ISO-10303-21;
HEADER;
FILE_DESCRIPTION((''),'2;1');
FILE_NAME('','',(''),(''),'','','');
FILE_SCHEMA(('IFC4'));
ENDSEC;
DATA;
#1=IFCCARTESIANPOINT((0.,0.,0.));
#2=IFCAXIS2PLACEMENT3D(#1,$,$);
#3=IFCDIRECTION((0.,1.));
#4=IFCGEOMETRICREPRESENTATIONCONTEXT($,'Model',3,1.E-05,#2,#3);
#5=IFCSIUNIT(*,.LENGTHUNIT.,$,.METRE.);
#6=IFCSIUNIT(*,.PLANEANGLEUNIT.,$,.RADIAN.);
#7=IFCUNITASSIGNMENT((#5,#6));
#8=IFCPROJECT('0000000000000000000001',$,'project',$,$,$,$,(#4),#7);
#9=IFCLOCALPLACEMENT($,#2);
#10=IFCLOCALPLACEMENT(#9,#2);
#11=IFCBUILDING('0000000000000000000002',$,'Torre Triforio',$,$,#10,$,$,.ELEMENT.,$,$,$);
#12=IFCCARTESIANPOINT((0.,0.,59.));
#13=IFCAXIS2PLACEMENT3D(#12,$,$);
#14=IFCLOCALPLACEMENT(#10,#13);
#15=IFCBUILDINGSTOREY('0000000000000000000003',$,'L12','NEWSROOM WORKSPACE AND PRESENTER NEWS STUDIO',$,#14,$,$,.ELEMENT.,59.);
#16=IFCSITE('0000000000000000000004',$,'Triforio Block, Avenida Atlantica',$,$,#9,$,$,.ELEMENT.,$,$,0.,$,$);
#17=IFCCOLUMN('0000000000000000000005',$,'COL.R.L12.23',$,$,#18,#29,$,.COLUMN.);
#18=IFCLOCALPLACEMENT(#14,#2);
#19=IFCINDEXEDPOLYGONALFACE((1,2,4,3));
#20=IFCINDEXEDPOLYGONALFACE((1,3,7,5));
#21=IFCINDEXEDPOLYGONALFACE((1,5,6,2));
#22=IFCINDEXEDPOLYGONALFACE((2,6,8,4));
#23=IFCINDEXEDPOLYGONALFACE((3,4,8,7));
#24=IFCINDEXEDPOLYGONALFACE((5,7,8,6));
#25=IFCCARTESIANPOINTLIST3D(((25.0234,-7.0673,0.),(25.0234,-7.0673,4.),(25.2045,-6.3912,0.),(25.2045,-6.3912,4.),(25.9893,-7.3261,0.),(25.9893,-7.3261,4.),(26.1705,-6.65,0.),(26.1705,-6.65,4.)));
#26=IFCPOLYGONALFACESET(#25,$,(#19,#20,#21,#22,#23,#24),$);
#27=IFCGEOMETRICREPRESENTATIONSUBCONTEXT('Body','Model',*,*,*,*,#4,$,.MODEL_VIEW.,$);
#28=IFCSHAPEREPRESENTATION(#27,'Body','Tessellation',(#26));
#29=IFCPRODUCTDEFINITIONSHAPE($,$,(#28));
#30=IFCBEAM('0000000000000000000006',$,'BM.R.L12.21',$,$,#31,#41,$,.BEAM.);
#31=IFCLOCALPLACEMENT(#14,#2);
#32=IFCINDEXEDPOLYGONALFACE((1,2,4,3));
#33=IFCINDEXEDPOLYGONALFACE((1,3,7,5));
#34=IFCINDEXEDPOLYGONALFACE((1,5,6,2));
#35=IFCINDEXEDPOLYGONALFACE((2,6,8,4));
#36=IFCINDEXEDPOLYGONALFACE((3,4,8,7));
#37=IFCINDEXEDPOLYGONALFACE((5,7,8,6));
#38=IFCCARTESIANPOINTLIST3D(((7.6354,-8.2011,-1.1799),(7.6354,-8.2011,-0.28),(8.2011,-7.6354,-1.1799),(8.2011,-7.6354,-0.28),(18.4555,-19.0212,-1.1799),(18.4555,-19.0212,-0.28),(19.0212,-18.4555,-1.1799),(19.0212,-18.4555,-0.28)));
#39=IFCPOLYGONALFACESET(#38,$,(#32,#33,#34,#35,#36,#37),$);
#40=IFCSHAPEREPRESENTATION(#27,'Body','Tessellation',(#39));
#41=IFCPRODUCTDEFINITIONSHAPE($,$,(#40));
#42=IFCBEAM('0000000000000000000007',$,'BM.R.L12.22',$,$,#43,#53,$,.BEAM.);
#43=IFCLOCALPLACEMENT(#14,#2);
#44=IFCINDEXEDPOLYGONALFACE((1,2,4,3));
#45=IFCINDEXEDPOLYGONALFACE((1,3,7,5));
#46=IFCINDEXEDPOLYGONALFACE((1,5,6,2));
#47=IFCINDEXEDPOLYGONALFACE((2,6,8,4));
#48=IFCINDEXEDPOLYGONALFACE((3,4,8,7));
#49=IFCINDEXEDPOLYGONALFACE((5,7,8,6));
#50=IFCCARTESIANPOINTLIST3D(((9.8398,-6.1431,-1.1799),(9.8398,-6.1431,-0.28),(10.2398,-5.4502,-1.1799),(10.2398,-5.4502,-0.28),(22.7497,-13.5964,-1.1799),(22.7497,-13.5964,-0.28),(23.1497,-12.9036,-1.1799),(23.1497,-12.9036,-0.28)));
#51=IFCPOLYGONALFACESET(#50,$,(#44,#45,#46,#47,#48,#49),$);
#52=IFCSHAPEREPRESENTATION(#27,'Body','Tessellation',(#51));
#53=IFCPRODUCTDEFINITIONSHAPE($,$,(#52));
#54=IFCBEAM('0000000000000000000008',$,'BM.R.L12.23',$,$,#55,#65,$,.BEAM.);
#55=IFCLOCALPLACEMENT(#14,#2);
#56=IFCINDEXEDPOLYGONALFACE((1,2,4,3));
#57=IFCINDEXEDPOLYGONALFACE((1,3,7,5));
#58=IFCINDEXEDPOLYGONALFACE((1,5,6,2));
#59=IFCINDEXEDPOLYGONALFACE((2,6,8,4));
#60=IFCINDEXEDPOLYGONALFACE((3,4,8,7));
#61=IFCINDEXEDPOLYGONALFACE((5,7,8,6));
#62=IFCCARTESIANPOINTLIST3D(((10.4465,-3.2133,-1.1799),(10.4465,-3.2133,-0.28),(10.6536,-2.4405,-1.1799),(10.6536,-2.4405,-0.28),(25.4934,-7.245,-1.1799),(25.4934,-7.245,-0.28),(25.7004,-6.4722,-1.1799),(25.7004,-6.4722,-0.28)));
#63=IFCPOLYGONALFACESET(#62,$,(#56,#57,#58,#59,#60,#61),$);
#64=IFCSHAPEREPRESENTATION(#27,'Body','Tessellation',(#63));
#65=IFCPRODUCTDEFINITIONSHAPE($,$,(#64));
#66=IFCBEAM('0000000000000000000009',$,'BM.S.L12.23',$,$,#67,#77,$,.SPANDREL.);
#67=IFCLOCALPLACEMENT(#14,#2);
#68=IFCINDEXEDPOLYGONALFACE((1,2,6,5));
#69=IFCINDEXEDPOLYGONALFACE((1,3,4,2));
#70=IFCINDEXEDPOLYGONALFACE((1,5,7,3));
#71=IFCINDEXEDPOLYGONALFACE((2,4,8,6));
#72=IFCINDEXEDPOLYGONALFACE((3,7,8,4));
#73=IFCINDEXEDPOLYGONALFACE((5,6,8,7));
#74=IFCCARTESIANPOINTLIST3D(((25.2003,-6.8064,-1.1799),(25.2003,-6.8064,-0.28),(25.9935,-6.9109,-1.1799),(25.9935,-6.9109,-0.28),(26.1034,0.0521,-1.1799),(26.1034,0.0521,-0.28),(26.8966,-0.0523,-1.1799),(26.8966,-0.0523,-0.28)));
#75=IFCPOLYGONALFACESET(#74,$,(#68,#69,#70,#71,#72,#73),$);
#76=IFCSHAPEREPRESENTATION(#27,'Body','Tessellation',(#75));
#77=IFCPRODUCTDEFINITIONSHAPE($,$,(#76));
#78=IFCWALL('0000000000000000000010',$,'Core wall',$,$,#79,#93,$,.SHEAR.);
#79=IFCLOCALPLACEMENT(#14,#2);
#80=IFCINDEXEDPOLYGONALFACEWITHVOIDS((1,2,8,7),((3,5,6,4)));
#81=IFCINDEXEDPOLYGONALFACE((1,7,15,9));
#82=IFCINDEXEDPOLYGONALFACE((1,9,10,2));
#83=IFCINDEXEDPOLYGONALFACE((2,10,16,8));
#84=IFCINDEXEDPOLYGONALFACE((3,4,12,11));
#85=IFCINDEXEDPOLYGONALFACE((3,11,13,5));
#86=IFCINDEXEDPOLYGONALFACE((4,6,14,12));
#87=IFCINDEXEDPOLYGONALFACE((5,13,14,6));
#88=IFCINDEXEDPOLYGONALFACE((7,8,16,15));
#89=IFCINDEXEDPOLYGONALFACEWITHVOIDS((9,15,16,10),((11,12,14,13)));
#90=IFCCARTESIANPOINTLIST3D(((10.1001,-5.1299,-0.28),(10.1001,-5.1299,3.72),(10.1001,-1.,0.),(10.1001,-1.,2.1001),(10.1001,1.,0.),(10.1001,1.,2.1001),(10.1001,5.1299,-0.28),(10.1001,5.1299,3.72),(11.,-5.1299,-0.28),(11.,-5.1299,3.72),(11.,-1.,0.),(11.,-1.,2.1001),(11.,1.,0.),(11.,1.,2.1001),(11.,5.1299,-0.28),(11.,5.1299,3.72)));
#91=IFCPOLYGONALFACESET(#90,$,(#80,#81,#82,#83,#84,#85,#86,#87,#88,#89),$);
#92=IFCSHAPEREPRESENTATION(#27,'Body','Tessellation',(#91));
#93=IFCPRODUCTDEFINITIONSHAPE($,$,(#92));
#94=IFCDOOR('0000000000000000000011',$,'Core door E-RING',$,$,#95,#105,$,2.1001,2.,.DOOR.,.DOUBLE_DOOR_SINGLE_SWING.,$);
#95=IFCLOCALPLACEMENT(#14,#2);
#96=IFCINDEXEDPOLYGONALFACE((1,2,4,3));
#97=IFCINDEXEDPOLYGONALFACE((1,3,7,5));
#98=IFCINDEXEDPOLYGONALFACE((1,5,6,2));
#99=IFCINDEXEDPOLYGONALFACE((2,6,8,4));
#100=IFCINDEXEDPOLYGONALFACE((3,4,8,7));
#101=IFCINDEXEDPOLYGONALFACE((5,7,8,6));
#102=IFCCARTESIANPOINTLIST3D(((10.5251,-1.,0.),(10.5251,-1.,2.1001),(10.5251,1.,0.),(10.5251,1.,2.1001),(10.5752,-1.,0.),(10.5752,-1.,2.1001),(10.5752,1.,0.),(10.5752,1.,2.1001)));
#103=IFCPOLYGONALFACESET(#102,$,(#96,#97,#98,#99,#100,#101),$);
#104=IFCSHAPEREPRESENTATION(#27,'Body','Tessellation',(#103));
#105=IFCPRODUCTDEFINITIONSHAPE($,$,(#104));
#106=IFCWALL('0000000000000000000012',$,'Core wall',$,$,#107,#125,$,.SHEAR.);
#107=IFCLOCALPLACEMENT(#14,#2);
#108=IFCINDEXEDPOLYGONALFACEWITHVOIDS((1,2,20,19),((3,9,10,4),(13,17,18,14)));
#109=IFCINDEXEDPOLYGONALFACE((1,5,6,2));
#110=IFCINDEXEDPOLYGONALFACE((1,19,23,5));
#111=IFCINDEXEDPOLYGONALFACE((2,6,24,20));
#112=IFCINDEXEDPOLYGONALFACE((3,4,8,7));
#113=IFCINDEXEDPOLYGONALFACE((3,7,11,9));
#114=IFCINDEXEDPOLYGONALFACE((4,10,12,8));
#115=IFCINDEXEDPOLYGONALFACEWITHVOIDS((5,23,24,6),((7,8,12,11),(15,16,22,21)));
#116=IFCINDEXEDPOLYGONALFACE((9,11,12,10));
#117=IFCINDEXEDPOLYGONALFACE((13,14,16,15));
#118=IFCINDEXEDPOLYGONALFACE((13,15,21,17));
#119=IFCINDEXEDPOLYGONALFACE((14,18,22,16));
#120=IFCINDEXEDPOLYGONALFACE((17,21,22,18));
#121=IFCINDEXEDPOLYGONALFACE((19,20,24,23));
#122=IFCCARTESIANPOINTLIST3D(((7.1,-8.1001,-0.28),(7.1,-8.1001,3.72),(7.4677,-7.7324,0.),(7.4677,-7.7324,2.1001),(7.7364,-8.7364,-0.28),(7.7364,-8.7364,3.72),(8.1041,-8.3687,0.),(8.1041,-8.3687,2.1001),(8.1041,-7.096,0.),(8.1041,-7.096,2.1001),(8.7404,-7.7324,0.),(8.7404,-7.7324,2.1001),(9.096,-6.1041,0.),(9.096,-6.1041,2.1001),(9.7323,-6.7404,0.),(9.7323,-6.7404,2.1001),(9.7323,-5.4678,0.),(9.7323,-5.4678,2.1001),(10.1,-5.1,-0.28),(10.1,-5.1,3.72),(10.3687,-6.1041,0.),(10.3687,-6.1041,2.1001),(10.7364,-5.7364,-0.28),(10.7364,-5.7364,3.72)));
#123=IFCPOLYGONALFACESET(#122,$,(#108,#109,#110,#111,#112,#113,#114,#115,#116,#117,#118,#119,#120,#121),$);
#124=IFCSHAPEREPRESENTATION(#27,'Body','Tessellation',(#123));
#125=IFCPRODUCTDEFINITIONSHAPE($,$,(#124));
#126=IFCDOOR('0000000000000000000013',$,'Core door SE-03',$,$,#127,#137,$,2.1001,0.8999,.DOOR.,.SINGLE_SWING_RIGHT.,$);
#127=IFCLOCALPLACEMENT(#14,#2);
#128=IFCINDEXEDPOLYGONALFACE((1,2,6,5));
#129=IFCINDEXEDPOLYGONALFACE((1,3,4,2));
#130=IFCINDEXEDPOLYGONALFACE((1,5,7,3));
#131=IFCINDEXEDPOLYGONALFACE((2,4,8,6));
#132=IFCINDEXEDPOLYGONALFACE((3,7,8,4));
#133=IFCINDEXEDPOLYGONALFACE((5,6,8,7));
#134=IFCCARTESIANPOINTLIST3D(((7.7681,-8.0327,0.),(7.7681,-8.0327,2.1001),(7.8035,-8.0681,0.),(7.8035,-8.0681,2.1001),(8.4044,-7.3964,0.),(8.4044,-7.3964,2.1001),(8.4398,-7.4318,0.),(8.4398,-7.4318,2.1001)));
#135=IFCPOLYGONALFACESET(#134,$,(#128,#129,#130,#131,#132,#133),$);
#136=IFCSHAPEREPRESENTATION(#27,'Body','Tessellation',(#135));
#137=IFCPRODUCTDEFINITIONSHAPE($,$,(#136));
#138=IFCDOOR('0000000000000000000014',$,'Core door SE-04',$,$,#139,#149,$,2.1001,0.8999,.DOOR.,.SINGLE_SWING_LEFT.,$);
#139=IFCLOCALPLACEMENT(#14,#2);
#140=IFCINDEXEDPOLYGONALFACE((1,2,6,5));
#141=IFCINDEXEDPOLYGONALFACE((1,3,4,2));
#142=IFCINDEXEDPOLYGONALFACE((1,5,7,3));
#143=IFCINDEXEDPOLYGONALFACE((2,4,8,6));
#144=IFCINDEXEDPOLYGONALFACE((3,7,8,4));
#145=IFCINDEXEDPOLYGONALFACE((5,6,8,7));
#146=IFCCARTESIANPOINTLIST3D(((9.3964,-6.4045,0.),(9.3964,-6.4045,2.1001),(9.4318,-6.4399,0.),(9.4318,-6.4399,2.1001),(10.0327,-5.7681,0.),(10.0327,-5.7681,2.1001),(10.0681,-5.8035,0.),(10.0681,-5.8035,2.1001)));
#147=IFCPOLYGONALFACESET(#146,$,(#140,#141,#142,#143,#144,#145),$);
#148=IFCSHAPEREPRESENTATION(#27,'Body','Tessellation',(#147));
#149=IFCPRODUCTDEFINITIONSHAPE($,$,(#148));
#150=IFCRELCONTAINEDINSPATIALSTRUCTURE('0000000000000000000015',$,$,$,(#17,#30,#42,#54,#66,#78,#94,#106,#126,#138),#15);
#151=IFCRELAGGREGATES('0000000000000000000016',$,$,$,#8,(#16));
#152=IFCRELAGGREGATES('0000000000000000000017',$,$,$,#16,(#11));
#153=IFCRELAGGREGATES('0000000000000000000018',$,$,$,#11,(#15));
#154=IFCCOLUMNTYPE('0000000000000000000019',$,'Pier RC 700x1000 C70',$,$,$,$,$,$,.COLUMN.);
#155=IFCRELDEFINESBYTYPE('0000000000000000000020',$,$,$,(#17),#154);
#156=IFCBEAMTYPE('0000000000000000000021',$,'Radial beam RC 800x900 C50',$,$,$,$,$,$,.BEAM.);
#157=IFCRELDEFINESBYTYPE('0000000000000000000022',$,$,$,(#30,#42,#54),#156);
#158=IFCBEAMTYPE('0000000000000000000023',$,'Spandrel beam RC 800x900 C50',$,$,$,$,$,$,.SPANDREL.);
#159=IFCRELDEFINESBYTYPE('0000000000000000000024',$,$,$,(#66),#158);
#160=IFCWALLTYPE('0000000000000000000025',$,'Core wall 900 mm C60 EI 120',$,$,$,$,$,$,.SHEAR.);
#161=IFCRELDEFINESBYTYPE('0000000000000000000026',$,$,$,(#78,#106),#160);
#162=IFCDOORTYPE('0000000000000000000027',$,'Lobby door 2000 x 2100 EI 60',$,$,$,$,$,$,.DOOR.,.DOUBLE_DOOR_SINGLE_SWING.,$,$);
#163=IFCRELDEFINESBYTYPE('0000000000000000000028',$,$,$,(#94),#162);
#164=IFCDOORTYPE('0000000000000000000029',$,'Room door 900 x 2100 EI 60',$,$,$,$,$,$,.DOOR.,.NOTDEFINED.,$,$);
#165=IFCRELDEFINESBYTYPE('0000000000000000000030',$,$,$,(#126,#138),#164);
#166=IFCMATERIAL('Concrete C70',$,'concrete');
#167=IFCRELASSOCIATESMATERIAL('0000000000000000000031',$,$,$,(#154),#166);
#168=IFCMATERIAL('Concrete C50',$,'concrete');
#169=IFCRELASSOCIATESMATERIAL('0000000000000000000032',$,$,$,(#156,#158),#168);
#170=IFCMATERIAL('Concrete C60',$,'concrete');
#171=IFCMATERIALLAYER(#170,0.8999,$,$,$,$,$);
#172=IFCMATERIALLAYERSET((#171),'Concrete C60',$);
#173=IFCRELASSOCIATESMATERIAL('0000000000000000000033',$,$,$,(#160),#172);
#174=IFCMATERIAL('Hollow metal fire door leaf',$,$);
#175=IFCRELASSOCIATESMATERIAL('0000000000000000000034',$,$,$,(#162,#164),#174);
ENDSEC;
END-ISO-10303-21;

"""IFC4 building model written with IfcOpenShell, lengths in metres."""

from ifc_helpers import new_model, si_unit, direction, frame, frame_2d, origin, origin_2d, place, context, subcontext, project, spatial, rectangle, extrude, material, layer, layer_set, material_profile, profile_set, type_object, element, fill, save


model = new_model("IFC4")

# Units and contexts
model_context = context("Model", 3, precision=1e-05, world=origin(), true_north=direction((0.0, 1.0)))
body_context = subcontext(model_context, "Body", "Model", "MODEL_VIEW")
ifc_project = project(units=[si_unit("LENGTHUNIT", "METRE"), si_unit("PLANEANGLEUNIT", "RADIAN")], contexts=[model_context])

# Site, building, storey
site_placement = place(None, origin())
site = spatial("IfcSite", under=ifc_project, at=site_placement, Name="Triforio Block, Avenida Atlantica", CompositionType="ELEMENT", RefElevation=0.0)
building_placement = place(site_placement, origin())
building = spatial("IfcBuilding", under=site, at=building_placement, Name="Torre Triforio", CompositionType="ELEMENT")
storey_placement = place(building_placement, frame((0.0, 0.0, 59.0)))
storey = spatial("IfcBuildingStorey", under=building, at=storey_placement, Name="L12", Description="NEWSROOM WORKSPACE AND PRESENTER NEWS STUDIO", CompositionType="ELEMENT", Elevation=59.0)

# Column
ifc_material_1 = material(Name="Concrete C70", Category="concrete")
ifc_material_profile_1 = material_profile(ifc_material_1, rectangle(XDim=0.7, YDim=1.0, at=origin_2d()), Name="RC 700x1000")
ifc_profile_set_1 = profile_set([ifc_material_profile_1], Name="Concrete C70")
column_type = type_object("IfcColumnType", Name="Pier RC 700x1000 C70", PredefinedType="COLUMN", material=ifc_profile_set_1)
column_placement = place(storey_placement, frame((25.5969, -6.8586, 0.0), z_axis=(0.0, 0.0, 1.0), x_axis=(0.258819, 0.965926, 0.0)))
element("IfcColumn", 1, at=column_placement, inside=storey, type_object=column_type, Name="COL.R.L12.23", PredefinedType="COLUMN", context=body_context, shape_type="SweptSolid", body=[
    extrude(rectangle(XDim=0.7, YDim=1.0, at=origin_2d()), origin(), (0.0, 0.0, 1.0), 4.0),
])

# Beams
ifc_material_2 = material(Name="Concrete C50", Category="concrete")
ifc_material_profile_2 = material_profile(ifc_material_2, rectangle(XDim=0.8, YDim=0.8999, at=origin_2d()), Name="RC 800x900")
ifc_profile_set_2 = profile_set([ifc_material_profile_2], Name="Concrete C50")
beam_type_1 = type_object("IfcBeamType", Name="Radial beam RC 800x900 C50", PredefinedType="BEAM", material=ifc_profile_set_2)
beam_1_placement = place(storey_placement, frame((7.9182, -7.9182, -0.73), z_axis=(0.707107, -0.707107, 0.0), x_axis=(0.707107, 0.707107, 0.0)))
element("IfcBeam", 2, at=beam_1_placement, inside=storey, type_object=beam_type_1, Name="BM.R.L12.21", PredefinedType="BEAM", context=body_context, shape_type="SweptSolid", body=[
    extrude(rectangle(XDim=0.8, YDim=0.8999, at=origin_2d()), origin(), (0.0, 0.0, 1.0), 15.302),
])
beam_2_placement = place(storey_placement, frame((10.0398, -5.7966, -0.73), z_axis=(0.86603, -0.499991, 0.0), x_axis=(0.499991, 0.86603, 0.0)))
element("IfcBeam", 3, at=beam_2_placement, inside=storey, type_object=beam_type_1, Name="BM.R.L12.22", PredefinedType="BEAM", context=body_context, shape_type="SweptSolid", body=[
    extrude(rectangle(XDim=0.8, YDim=0.8999, at=origin_2d()), origin(), (0.0, 0.0, 1.0), 14.907),
])
beam_3_placement = place(storey_placement, frame((10.55, -2.8269, -0.73), z_axis=(0.965927, -0.258815, 0.0), x_axis=(0.258815, 0.965927, 0.0)))
element("IfcBeam", 4, at=beam_3_placement, inside=storey, type_object=beam_type_1, Name="BM.R.L12.23", PredefinedType="BEAM", context=body_context, shape_type="SweptSolid", body=[
    extrude(rectangle(XDim=0.8, YDim=0.8999, at=origin_2d()), origin(), (0.0, 0.0, 1.0), 15.5776),
])
ifc_material_profile_3 = material_profile(ifc_material_2, rectangle(XDim=0.8, YDim=0.8999, at=origin_2d()), Name="RC 800x900")
ifc_profile_set_3 = profile_set([ifc_material_profile_3], Name="Concrete C50")
beam_type_2 = type_object("IfcBeamType", Name="Spandrel beam RC 800x900 C50", PredefinedType="SPANDREL", material=ifc_profile_set_3)
beam_4_placement = place(storey_placement, frame((25.5969, -6.8586, -0.73), z_axis=(0.130543, 0.991443, 0.0), x_axis=(-0.991443, 0.130543, 0.0)))
element("IfcBeam", 5, at=beam_4_placement, inside=storey, type_object=beam_type_2, Name="BM.S.L12.23", PredefinedType="SPANDREL", context=body_context, shape_type="SweptSolid", body=[
    extrude(rectangle(XDim=0.8, YDim=0.8999, at=origin_2d()), origin(), (0.0, 0.0, 1.0), 6.9177),
])

# Wall, opening, door
ifc_material_3 = material(Name="Concrete C60", Category="concrete")
ifc_layer_1 = layer(ifc_material_3, 0.8999)
ifc_layer_set_1 = layer_set([ifc_layer_1], Name="Concrete C60")
wall_type_1 = type_object("IfcWallType", Name="Core wall 900 mm C60 EI 120", PredefinedType="SHEAR", material=ifc_layer_set_1)
wall_1_placement = place(storey_placement, frame((10.55, -5.1299, -0.28), z_axis=(0.0, 0.0, 1.0), x_axis=(0.0, 1.0, 0.0)))
wall_1 = element("IfcWall", 6, at=wall_1_placement, inside=storey, type_object=wall_type_1, Name="Core wall", PredefinedType="SHEAR", context=body_context, shape_type="SweptSolid", body=[
    extrude(rectangle(XDim=10.2598, YDim=0.8999, at=frame_2d((5.1299, 0.0))), origin(), (0.0, 0.0, 1.0), 4.0),
])
opening_1_placement = place(wall_1_placement, frame((4.1299, 0.0, 0.28)))
opening_1 = element("IfcOpeningElement", 7, at=opening_1_placement, cuts=wall_1, PredefinedType="OPENING", context=body_context, shape_type="SweptSolid", body=[
    extrude(rectangle(XDim=2.0, YDim=2.1001, at=frame_2d((1.0, 1.05))), frame((0.0, 0.46, 0.0), z_axis=(0.0, -1.0, 0.0), x_axis=(1.0, 0.0, 0.0)), (0.0, 0.0, 1.0), 0.9199),
])
ifc_material_4 = material(Name="Hollow metal fire door leaf")
door_type_1 = type_object("IfcDoorType", Name="Lobby door 2000 x 2100 EI 60", OperationType="DOUBLE_DOOR_SINGLE_SWING", PredefinedType="DOOR", material=ifc_material_4)
door_1_placement = place(opening_1_placement, origin())
door_1 = element("IfcDoor", 8, at=door_1_placement, inside=storey, type_object=door_type_1, Name="Core door E-RING", OperationType="DOUBLE_DOOR_SINGLE_SWING", OverallHeight=2.1001, OverallWidth=2.0, PredefinedType="DOOR", context=body_context, shape_type="SweptSolid", body=[
    extrude(rectangle(XDim=2.0, YDim=2.1001, at=frame_2d((1.0, 1.05))), frame((0.0, 0.0249, 0.0), z_axis=(0.0, -1.0, 0.0), x_axis=(1.0, 0.0, 0.0)), (0.0, 0.0, 1.0), 0.05),
])
fill(opening_1, door_1)

# Wall, openings, doors
wall_2_placement = place(storey_placement, frame((10.4182, -5.4182, -0.28), z_axis=(0.0, 0.0, 1.0), x_axis=(-0.707107, -0.707107, 0.0)))
wall_2 = element("IfcWall", 9, at=wall_2_placement, inside=storey, type_object=wall_type_1, Name="Core wall", PredefinedType="SHEAR", context=body_context, shape_type="SweptSolid", body=[
    extrude(rectangle(XDim=4.2427, YDim=0.8999, at=frame_2d((2.1213, 0.0))), origin(), (0.0, 0.0, 1.0), 4.0),
])
opening_2_placement = place(wall_2_placement, frame((2.8228, 0.0, 0.28)))
opening_2 = element("IfcOpeningElement", 10, at=opening_2_placement, cuts=wall_2, PredefinedType="OPENING", context=body_context, shape_type="SweptSolid", body=[
    extrude(rectangle(XDim=0.8999, YDim=2.1001, at=frame_2d((0.45, 1.05))), frame((0.0, 0.46, 0.0), z_axis=(0.0, -1.0, 0.0), x_axis=(1.0, 0.0, 0.0)), (0.0, 0.0, 1.0), 0.9199),
])
opening_3_placement = place(wall_2_placement, frame((0.52, 0.0, 0.28)))
opening_3 = element("IfcOpeningElement", 11, at=opening_3_placement, cuts=wall_2, PredefinedType="OPENING", context=body_context, shape_type="SweptSolid", body=[
    extrude(rectangle(XDim=0.8999, YDim=2.1001, at=frame_2d((0.45, 1.05))), frame((0.0, 0.46, 0.0), z_axis=(0.0, -1.0, 0.0), x_axis=(1.0, 0.0, 0.0)), (0.0, 0.0, 1.0), 0.9199),
])
door_type_2 = type_object("IfcDoorType", Name="Room door 900 x 2100 EI 60", OperationType="NOTDEFINED", PredefinedType="DOOR", material=ifc_material_4)
door_2_placement = place(opening_2_placement, origin())
door_2 = element("IfcDoor", 12, at=door_2_placement, inside=storey, type_object=door_type_2, Name="Core door SE-03", OperationType="SINGLE_SWING_RIGHT", OverallHeight=2.1001, OverallWidth=0.8999, PredefinedType="DOOR", context=body_context, shape_type="SweptSolid", body=[
    extrude(rectangle(XDim=0.8999, YDim=2.1001, at=frame_2d((0.45, 1.05))), frame((0.0, 0.0249, 0.0), z_axis=(0.0, -1.0, 0.0), x_axis=(1.0, 0.0, 0.0)), (0.0, 0.0, 1.0), 0.05),
])
fill(opening_2, door_2)
door_3_placement = place(opening_3_placement, origin())
door_3 = element("IfcDoor", 13, at=door_3_placement, inside=storey, type_object=door_type_2, Name="Core door SE-04", OperationType="SINGLE_SWING_LEFT", OverallHeight=2.1001, OverallWidth=0.8999, PredefinedType="DOOR", context=body_context, shape_type="SweptSolid", body=[
    extrude(rectangle(XDim=0.8999, YDim=2.1001, at=frame_2d((0.45, 1.05))), frame((0.0, 0.0249, 0.0), z_axis=(0.0, -1.0, 0.0), x_axis=(1.0, 0.0, 0.0)), (0.0, 0.0, 1.0), 0.05),
])
fill(opening_3, door_3)

save(model, "model.ifc")
